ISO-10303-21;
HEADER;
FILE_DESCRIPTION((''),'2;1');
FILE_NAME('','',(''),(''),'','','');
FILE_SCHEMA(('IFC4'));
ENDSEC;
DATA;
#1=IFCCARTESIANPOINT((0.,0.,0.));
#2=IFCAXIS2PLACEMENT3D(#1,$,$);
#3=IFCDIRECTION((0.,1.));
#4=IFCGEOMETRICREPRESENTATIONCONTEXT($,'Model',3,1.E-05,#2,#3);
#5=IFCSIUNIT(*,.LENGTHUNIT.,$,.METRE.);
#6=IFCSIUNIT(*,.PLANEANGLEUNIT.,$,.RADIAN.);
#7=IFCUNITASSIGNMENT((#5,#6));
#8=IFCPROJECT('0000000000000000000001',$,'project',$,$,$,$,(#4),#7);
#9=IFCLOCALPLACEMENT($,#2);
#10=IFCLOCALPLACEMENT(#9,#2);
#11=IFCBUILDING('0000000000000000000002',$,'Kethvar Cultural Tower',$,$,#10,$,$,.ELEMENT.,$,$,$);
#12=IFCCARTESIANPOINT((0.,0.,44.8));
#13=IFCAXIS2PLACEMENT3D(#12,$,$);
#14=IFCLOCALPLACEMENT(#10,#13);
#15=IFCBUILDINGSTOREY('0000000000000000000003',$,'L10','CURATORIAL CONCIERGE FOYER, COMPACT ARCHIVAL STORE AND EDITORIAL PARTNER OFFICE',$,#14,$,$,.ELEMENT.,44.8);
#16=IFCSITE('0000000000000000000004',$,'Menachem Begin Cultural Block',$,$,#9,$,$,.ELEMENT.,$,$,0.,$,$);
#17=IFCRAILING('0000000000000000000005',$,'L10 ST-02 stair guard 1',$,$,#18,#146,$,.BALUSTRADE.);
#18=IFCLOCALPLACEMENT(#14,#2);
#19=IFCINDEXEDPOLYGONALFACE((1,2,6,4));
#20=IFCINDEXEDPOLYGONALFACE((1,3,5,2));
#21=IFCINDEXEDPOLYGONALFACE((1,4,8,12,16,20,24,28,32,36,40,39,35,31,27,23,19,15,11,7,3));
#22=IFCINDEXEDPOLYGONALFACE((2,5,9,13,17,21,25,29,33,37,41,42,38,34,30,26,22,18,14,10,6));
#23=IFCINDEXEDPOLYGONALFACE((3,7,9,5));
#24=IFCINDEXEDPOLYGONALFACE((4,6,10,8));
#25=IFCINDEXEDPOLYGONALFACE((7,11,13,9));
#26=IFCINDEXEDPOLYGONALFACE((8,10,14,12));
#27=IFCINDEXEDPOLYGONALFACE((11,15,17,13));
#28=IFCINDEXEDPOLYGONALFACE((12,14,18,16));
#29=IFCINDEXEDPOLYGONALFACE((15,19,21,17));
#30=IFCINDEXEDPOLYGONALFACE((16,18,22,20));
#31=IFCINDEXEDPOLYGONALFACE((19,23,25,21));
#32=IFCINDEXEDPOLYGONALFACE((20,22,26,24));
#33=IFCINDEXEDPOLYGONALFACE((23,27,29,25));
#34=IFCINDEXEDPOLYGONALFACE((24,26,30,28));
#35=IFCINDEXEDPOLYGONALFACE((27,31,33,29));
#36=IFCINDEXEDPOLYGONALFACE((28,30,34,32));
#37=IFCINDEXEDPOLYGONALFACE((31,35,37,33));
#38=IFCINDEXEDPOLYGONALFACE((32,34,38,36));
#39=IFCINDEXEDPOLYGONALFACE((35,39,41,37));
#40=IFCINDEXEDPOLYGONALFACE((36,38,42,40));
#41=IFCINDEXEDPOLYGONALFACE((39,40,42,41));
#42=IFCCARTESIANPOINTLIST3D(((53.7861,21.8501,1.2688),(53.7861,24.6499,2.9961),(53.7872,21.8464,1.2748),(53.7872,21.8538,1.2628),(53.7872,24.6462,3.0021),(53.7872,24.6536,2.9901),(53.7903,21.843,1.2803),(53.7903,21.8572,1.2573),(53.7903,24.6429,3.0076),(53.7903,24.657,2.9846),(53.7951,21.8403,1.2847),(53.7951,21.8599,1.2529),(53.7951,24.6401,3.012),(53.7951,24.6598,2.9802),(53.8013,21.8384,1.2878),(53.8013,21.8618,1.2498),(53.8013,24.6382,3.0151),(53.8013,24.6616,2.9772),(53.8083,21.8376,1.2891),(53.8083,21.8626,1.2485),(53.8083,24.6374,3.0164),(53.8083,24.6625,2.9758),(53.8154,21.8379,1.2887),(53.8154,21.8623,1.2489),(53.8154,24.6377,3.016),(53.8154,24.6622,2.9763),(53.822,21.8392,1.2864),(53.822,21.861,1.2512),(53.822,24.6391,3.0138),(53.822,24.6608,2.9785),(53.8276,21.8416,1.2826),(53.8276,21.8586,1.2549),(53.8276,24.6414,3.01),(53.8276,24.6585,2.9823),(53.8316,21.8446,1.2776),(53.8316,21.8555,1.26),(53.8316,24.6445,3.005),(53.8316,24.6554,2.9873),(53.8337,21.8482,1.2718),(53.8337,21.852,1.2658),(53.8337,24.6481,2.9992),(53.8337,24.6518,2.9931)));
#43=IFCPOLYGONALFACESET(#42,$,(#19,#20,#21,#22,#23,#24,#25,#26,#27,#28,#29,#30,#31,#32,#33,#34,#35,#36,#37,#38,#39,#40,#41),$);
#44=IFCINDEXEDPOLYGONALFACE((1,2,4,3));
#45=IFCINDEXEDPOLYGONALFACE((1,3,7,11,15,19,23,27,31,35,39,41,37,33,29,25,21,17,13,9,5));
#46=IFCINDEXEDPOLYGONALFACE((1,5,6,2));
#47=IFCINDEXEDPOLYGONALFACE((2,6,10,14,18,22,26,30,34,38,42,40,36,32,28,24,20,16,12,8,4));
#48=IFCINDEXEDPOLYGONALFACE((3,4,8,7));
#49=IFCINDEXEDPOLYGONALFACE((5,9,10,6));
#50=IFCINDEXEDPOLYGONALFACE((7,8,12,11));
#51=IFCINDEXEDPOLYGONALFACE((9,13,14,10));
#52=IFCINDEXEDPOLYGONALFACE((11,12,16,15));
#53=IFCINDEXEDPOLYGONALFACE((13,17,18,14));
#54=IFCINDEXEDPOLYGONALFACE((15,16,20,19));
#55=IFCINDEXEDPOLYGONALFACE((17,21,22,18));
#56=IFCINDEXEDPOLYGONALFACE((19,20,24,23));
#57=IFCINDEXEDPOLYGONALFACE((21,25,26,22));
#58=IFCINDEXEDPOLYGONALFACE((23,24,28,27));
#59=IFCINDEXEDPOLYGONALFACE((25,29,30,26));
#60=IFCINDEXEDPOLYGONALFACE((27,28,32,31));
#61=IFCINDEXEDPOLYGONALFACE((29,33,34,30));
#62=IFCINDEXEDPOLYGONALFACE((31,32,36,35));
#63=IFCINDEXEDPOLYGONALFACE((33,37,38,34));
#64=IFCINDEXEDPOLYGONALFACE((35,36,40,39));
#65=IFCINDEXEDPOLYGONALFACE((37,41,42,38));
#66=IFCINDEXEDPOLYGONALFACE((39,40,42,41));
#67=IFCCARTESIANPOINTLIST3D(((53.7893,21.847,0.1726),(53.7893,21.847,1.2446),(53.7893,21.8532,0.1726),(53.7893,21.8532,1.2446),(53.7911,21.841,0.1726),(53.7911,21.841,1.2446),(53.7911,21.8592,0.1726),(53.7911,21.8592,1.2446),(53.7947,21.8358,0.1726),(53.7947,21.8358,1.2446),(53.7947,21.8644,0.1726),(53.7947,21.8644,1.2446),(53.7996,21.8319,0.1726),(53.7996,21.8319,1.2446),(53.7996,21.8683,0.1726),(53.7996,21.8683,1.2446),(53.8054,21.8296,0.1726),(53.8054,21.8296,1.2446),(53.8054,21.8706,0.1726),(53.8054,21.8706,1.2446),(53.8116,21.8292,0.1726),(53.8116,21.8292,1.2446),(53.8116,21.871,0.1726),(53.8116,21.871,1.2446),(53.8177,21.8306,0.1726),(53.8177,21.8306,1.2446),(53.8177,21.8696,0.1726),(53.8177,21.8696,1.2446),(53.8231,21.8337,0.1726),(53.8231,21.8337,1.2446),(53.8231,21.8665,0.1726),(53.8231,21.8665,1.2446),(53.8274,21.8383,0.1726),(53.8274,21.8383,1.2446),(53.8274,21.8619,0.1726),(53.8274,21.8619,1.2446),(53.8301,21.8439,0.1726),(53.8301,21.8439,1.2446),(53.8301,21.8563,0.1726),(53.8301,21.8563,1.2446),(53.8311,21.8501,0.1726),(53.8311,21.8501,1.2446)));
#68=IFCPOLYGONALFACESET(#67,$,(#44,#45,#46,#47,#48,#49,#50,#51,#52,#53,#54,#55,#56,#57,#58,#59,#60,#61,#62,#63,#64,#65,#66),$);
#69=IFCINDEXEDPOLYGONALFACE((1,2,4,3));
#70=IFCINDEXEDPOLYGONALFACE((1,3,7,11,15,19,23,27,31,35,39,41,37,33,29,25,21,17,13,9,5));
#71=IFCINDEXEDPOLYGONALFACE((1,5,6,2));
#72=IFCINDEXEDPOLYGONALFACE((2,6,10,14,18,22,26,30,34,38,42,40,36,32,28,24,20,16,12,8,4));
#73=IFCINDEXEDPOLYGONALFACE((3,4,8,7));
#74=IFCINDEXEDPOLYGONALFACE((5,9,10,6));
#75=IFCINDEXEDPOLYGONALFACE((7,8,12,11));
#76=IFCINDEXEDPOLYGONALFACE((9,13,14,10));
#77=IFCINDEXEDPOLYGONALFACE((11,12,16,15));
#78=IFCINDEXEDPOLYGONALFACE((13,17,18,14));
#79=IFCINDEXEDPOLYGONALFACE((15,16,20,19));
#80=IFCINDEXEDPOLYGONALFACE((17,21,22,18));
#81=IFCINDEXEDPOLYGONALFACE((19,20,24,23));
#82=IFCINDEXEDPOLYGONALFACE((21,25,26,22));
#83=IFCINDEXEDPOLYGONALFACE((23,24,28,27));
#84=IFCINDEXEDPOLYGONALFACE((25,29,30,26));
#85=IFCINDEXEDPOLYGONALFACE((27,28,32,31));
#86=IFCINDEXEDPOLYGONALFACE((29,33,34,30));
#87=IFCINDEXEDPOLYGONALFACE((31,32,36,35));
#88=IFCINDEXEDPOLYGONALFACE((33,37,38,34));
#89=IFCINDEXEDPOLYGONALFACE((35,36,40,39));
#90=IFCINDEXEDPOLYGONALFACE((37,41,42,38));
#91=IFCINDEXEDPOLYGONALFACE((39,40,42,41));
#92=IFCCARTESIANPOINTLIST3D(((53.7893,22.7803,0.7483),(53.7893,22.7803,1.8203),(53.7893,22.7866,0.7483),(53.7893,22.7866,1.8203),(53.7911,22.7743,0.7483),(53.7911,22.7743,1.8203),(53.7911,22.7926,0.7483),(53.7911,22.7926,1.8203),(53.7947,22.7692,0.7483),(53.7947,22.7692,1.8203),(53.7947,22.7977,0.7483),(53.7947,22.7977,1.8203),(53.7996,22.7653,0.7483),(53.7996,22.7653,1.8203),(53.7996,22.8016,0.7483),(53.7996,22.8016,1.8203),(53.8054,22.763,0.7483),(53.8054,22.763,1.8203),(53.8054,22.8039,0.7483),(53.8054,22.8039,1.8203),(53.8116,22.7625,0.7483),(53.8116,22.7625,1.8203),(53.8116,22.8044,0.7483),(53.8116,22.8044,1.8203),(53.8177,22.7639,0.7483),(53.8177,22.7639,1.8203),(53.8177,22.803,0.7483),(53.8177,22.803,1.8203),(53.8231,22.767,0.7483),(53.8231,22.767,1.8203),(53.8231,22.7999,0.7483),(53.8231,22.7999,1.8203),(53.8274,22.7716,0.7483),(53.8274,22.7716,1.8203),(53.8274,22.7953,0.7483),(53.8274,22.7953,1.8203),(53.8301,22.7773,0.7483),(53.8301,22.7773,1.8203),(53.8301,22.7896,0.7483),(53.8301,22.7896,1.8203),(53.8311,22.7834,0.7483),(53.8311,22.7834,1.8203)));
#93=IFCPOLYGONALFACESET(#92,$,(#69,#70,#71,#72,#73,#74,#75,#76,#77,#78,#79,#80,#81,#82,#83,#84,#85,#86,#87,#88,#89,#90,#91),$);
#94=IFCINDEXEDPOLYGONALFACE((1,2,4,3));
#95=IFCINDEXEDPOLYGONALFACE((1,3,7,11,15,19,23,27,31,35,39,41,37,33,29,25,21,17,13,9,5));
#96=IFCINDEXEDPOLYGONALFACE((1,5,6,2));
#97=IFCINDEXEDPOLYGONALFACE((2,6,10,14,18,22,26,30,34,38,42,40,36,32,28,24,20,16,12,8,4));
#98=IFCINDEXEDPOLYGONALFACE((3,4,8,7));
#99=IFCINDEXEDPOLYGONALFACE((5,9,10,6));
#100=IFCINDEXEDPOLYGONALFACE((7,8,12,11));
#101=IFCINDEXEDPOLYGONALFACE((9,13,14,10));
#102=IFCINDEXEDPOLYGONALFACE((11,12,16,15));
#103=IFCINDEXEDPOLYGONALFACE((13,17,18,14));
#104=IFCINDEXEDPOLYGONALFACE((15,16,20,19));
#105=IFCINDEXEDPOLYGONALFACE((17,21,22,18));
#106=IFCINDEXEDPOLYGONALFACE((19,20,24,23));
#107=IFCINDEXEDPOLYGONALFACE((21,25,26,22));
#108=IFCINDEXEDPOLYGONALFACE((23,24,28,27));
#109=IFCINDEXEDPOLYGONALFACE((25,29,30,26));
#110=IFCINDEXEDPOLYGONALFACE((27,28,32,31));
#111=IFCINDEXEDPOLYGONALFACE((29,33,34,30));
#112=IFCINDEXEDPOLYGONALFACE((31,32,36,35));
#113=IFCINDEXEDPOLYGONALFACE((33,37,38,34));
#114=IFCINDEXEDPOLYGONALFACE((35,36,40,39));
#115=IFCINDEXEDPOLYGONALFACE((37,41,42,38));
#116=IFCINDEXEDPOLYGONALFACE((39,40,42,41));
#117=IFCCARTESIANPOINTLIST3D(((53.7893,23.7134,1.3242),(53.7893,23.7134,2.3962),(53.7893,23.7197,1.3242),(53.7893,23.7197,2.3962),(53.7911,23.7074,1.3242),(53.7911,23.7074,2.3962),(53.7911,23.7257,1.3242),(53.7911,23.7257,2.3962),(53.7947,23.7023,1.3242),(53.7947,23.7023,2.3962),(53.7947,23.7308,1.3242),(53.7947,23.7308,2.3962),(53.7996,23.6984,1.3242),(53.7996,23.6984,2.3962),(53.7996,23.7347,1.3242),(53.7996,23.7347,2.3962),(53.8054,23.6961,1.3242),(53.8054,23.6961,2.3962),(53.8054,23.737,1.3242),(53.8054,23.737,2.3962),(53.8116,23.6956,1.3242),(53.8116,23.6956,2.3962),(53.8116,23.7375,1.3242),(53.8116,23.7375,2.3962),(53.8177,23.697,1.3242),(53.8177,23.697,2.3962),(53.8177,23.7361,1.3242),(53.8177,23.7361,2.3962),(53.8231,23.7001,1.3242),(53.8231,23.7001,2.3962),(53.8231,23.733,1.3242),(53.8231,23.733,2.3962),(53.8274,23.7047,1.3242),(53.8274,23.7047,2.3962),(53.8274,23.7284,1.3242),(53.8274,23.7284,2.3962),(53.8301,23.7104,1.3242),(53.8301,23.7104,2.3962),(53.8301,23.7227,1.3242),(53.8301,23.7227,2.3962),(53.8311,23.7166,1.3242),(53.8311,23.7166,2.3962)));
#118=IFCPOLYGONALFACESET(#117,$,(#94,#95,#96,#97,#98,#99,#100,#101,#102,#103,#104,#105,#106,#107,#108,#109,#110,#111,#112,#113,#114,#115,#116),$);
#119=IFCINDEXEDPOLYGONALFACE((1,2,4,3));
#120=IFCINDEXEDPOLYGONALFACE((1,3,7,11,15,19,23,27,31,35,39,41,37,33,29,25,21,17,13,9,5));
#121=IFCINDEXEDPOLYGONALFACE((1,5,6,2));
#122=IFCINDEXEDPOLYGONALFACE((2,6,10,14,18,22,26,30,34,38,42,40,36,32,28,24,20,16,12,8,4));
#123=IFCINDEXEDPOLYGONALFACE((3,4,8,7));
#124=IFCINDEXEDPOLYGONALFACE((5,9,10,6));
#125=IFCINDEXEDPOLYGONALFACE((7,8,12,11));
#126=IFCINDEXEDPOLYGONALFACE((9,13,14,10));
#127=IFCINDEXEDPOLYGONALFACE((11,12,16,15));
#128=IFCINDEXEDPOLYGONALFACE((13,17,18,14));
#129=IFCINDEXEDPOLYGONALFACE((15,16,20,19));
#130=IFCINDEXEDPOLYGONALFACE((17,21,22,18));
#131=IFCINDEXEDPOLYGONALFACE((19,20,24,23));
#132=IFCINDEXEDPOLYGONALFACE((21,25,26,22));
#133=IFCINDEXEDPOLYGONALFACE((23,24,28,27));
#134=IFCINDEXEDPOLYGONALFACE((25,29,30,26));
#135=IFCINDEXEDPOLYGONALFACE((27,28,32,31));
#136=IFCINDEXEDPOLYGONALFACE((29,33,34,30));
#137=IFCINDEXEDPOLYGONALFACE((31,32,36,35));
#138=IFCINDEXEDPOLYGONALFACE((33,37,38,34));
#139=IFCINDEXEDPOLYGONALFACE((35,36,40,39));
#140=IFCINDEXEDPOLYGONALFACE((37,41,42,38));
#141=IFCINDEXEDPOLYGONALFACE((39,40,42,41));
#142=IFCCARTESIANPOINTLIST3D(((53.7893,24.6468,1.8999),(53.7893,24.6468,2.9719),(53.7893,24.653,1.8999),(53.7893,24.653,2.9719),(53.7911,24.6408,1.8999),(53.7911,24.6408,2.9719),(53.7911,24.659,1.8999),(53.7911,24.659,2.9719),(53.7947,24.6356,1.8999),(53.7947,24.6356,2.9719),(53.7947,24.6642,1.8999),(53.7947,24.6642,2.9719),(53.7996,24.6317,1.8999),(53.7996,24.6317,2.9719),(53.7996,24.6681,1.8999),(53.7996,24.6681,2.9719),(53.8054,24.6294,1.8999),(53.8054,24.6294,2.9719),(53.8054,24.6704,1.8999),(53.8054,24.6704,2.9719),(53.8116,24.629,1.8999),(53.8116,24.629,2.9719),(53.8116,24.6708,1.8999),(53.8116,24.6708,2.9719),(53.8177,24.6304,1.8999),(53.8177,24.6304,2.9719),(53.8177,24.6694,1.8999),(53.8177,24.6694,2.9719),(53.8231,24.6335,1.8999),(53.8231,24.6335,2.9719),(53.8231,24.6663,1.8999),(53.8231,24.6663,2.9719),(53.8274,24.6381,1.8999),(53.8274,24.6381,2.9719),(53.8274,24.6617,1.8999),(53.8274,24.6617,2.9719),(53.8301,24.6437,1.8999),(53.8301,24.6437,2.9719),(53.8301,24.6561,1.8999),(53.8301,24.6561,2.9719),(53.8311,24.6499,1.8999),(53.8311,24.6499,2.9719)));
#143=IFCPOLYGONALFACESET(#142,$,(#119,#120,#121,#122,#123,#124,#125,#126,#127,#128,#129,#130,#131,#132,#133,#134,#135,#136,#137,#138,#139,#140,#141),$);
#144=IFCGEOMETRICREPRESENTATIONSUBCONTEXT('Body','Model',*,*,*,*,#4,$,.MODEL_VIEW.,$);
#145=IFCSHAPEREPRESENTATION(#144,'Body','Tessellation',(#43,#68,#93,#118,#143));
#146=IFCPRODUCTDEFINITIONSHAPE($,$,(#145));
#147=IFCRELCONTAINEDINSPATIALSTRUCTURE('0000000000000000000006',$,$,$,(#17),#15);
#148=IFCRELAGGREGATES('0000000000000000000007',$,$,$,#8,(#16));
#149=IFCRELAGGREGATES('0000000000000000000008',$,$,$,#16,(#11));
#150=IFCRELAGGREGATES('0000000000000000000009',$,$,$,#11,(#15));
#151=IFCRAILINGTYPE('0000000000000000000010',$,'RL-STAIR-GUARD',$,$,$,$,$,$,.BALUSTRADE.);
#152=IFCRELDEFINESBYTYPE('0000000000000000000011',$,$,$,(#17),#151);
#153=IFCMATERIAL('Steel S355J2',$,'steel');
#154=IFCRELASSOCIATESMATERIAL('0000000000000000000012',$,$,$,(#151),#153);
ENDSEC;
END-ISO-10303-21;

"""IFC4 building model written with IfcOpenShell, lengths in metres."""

from ifc_helpers import new_model, si_unit, direction, frame, origin, origin_2d, place, context, subcontext, project, spatial, circle, extrude, material, type_object, element, save


model = new_model("IFC4")

# Units and contexts
model_context = context("Model", 3, precision=1e-05, world=origin(), true_north=direction((0.0, 1.0)))
body_context = subcontext(model_context, "Body", "Model", "MODEL_VIEW")
ifc_project = project(units=[si_unit("LENGTHUNIT", "METRE"), si_unit("PLANEANGLEUNIT", "RADIAN")], contexts=[model_context])

# Site, building, storey
site_placement = place(None, origin())
site = spatial("IfcSite", under=ifc_project, at=site_placement, Name="Menachem Begin Cultural Block", CompositionType="ELEMENT", RefElevation=0.0)
building_placement = place(site_placement, origin())
building = spatial("IfcBuilding", under=site, at=building_placement, Name="Kethvar Cultural Tower", CompositionType="ELEMENT")
storey_placement = place(building_placement, frame((0.0, 0.0, 44.8)))
storey = spatial("IfcBuildingStorey", under=building, at=storey_placement, Name="L10", Description="CURATORIAL CONCIERGE FOYER, COMPACT ARCHIVAL STORE AND EDITORIAL PARTNER OFFICE", CompositionType="ELEMENT", Elevation=44.8)

# Shared definitions
ifc_material_1 = material(Name="Steel S355J2", Category="steel")

# Railing
railing_type_1 = type_object("IfcRailingType", Name="RL-STAIR-GUARD", PredefinedType="BALUSTRADE", material=ifc_material_1)
railing_1_placement = place(storey_placement, frame((53.8101, 21.8501, 0.1726)))
element("IfcRailing", 1, at=railing_1_placement, inside=storey, type_object=railing_type_1, Name="L10 ST-02 stair guard 1", PredefinedType="BALUSTRADE", context=body_context, shape_type="SweptSolid", body=[
    extrude(circle(Radius=0.0239, at=origin_2d()), frame((0.0, 0.0, 1.0962), z_axis=(0.0, 0.851069, 0.525054), x_axis=(-1.0, 0.0, 0.0)), (0.0, 0.0, 1.0), 3.2898),
    extrude(circle(Radius=0.021, at=origin_2d()), origin(), (0.0, 0.0, 1.0), 1.072),
    extrude(circle(Radius=0.021, at=origin_2d()), frame((0.0, 0.9333, 0.5757)), (0.0, 0.0, 1.0), 1.072),
    extrude(circle(Radius=0.021, at=origin_2d()), frame((0.0, 1.8665, 1.1516)), (0.0, 0.0, 1.0), 1.072),
    extrude(circle(Radius=0.021, at=origin_2d()), frame((0.0, 2.7998, 1.7273)), (0.0, 0.0, 1.0), 1.072),
])

save(model, "model.ifc")
